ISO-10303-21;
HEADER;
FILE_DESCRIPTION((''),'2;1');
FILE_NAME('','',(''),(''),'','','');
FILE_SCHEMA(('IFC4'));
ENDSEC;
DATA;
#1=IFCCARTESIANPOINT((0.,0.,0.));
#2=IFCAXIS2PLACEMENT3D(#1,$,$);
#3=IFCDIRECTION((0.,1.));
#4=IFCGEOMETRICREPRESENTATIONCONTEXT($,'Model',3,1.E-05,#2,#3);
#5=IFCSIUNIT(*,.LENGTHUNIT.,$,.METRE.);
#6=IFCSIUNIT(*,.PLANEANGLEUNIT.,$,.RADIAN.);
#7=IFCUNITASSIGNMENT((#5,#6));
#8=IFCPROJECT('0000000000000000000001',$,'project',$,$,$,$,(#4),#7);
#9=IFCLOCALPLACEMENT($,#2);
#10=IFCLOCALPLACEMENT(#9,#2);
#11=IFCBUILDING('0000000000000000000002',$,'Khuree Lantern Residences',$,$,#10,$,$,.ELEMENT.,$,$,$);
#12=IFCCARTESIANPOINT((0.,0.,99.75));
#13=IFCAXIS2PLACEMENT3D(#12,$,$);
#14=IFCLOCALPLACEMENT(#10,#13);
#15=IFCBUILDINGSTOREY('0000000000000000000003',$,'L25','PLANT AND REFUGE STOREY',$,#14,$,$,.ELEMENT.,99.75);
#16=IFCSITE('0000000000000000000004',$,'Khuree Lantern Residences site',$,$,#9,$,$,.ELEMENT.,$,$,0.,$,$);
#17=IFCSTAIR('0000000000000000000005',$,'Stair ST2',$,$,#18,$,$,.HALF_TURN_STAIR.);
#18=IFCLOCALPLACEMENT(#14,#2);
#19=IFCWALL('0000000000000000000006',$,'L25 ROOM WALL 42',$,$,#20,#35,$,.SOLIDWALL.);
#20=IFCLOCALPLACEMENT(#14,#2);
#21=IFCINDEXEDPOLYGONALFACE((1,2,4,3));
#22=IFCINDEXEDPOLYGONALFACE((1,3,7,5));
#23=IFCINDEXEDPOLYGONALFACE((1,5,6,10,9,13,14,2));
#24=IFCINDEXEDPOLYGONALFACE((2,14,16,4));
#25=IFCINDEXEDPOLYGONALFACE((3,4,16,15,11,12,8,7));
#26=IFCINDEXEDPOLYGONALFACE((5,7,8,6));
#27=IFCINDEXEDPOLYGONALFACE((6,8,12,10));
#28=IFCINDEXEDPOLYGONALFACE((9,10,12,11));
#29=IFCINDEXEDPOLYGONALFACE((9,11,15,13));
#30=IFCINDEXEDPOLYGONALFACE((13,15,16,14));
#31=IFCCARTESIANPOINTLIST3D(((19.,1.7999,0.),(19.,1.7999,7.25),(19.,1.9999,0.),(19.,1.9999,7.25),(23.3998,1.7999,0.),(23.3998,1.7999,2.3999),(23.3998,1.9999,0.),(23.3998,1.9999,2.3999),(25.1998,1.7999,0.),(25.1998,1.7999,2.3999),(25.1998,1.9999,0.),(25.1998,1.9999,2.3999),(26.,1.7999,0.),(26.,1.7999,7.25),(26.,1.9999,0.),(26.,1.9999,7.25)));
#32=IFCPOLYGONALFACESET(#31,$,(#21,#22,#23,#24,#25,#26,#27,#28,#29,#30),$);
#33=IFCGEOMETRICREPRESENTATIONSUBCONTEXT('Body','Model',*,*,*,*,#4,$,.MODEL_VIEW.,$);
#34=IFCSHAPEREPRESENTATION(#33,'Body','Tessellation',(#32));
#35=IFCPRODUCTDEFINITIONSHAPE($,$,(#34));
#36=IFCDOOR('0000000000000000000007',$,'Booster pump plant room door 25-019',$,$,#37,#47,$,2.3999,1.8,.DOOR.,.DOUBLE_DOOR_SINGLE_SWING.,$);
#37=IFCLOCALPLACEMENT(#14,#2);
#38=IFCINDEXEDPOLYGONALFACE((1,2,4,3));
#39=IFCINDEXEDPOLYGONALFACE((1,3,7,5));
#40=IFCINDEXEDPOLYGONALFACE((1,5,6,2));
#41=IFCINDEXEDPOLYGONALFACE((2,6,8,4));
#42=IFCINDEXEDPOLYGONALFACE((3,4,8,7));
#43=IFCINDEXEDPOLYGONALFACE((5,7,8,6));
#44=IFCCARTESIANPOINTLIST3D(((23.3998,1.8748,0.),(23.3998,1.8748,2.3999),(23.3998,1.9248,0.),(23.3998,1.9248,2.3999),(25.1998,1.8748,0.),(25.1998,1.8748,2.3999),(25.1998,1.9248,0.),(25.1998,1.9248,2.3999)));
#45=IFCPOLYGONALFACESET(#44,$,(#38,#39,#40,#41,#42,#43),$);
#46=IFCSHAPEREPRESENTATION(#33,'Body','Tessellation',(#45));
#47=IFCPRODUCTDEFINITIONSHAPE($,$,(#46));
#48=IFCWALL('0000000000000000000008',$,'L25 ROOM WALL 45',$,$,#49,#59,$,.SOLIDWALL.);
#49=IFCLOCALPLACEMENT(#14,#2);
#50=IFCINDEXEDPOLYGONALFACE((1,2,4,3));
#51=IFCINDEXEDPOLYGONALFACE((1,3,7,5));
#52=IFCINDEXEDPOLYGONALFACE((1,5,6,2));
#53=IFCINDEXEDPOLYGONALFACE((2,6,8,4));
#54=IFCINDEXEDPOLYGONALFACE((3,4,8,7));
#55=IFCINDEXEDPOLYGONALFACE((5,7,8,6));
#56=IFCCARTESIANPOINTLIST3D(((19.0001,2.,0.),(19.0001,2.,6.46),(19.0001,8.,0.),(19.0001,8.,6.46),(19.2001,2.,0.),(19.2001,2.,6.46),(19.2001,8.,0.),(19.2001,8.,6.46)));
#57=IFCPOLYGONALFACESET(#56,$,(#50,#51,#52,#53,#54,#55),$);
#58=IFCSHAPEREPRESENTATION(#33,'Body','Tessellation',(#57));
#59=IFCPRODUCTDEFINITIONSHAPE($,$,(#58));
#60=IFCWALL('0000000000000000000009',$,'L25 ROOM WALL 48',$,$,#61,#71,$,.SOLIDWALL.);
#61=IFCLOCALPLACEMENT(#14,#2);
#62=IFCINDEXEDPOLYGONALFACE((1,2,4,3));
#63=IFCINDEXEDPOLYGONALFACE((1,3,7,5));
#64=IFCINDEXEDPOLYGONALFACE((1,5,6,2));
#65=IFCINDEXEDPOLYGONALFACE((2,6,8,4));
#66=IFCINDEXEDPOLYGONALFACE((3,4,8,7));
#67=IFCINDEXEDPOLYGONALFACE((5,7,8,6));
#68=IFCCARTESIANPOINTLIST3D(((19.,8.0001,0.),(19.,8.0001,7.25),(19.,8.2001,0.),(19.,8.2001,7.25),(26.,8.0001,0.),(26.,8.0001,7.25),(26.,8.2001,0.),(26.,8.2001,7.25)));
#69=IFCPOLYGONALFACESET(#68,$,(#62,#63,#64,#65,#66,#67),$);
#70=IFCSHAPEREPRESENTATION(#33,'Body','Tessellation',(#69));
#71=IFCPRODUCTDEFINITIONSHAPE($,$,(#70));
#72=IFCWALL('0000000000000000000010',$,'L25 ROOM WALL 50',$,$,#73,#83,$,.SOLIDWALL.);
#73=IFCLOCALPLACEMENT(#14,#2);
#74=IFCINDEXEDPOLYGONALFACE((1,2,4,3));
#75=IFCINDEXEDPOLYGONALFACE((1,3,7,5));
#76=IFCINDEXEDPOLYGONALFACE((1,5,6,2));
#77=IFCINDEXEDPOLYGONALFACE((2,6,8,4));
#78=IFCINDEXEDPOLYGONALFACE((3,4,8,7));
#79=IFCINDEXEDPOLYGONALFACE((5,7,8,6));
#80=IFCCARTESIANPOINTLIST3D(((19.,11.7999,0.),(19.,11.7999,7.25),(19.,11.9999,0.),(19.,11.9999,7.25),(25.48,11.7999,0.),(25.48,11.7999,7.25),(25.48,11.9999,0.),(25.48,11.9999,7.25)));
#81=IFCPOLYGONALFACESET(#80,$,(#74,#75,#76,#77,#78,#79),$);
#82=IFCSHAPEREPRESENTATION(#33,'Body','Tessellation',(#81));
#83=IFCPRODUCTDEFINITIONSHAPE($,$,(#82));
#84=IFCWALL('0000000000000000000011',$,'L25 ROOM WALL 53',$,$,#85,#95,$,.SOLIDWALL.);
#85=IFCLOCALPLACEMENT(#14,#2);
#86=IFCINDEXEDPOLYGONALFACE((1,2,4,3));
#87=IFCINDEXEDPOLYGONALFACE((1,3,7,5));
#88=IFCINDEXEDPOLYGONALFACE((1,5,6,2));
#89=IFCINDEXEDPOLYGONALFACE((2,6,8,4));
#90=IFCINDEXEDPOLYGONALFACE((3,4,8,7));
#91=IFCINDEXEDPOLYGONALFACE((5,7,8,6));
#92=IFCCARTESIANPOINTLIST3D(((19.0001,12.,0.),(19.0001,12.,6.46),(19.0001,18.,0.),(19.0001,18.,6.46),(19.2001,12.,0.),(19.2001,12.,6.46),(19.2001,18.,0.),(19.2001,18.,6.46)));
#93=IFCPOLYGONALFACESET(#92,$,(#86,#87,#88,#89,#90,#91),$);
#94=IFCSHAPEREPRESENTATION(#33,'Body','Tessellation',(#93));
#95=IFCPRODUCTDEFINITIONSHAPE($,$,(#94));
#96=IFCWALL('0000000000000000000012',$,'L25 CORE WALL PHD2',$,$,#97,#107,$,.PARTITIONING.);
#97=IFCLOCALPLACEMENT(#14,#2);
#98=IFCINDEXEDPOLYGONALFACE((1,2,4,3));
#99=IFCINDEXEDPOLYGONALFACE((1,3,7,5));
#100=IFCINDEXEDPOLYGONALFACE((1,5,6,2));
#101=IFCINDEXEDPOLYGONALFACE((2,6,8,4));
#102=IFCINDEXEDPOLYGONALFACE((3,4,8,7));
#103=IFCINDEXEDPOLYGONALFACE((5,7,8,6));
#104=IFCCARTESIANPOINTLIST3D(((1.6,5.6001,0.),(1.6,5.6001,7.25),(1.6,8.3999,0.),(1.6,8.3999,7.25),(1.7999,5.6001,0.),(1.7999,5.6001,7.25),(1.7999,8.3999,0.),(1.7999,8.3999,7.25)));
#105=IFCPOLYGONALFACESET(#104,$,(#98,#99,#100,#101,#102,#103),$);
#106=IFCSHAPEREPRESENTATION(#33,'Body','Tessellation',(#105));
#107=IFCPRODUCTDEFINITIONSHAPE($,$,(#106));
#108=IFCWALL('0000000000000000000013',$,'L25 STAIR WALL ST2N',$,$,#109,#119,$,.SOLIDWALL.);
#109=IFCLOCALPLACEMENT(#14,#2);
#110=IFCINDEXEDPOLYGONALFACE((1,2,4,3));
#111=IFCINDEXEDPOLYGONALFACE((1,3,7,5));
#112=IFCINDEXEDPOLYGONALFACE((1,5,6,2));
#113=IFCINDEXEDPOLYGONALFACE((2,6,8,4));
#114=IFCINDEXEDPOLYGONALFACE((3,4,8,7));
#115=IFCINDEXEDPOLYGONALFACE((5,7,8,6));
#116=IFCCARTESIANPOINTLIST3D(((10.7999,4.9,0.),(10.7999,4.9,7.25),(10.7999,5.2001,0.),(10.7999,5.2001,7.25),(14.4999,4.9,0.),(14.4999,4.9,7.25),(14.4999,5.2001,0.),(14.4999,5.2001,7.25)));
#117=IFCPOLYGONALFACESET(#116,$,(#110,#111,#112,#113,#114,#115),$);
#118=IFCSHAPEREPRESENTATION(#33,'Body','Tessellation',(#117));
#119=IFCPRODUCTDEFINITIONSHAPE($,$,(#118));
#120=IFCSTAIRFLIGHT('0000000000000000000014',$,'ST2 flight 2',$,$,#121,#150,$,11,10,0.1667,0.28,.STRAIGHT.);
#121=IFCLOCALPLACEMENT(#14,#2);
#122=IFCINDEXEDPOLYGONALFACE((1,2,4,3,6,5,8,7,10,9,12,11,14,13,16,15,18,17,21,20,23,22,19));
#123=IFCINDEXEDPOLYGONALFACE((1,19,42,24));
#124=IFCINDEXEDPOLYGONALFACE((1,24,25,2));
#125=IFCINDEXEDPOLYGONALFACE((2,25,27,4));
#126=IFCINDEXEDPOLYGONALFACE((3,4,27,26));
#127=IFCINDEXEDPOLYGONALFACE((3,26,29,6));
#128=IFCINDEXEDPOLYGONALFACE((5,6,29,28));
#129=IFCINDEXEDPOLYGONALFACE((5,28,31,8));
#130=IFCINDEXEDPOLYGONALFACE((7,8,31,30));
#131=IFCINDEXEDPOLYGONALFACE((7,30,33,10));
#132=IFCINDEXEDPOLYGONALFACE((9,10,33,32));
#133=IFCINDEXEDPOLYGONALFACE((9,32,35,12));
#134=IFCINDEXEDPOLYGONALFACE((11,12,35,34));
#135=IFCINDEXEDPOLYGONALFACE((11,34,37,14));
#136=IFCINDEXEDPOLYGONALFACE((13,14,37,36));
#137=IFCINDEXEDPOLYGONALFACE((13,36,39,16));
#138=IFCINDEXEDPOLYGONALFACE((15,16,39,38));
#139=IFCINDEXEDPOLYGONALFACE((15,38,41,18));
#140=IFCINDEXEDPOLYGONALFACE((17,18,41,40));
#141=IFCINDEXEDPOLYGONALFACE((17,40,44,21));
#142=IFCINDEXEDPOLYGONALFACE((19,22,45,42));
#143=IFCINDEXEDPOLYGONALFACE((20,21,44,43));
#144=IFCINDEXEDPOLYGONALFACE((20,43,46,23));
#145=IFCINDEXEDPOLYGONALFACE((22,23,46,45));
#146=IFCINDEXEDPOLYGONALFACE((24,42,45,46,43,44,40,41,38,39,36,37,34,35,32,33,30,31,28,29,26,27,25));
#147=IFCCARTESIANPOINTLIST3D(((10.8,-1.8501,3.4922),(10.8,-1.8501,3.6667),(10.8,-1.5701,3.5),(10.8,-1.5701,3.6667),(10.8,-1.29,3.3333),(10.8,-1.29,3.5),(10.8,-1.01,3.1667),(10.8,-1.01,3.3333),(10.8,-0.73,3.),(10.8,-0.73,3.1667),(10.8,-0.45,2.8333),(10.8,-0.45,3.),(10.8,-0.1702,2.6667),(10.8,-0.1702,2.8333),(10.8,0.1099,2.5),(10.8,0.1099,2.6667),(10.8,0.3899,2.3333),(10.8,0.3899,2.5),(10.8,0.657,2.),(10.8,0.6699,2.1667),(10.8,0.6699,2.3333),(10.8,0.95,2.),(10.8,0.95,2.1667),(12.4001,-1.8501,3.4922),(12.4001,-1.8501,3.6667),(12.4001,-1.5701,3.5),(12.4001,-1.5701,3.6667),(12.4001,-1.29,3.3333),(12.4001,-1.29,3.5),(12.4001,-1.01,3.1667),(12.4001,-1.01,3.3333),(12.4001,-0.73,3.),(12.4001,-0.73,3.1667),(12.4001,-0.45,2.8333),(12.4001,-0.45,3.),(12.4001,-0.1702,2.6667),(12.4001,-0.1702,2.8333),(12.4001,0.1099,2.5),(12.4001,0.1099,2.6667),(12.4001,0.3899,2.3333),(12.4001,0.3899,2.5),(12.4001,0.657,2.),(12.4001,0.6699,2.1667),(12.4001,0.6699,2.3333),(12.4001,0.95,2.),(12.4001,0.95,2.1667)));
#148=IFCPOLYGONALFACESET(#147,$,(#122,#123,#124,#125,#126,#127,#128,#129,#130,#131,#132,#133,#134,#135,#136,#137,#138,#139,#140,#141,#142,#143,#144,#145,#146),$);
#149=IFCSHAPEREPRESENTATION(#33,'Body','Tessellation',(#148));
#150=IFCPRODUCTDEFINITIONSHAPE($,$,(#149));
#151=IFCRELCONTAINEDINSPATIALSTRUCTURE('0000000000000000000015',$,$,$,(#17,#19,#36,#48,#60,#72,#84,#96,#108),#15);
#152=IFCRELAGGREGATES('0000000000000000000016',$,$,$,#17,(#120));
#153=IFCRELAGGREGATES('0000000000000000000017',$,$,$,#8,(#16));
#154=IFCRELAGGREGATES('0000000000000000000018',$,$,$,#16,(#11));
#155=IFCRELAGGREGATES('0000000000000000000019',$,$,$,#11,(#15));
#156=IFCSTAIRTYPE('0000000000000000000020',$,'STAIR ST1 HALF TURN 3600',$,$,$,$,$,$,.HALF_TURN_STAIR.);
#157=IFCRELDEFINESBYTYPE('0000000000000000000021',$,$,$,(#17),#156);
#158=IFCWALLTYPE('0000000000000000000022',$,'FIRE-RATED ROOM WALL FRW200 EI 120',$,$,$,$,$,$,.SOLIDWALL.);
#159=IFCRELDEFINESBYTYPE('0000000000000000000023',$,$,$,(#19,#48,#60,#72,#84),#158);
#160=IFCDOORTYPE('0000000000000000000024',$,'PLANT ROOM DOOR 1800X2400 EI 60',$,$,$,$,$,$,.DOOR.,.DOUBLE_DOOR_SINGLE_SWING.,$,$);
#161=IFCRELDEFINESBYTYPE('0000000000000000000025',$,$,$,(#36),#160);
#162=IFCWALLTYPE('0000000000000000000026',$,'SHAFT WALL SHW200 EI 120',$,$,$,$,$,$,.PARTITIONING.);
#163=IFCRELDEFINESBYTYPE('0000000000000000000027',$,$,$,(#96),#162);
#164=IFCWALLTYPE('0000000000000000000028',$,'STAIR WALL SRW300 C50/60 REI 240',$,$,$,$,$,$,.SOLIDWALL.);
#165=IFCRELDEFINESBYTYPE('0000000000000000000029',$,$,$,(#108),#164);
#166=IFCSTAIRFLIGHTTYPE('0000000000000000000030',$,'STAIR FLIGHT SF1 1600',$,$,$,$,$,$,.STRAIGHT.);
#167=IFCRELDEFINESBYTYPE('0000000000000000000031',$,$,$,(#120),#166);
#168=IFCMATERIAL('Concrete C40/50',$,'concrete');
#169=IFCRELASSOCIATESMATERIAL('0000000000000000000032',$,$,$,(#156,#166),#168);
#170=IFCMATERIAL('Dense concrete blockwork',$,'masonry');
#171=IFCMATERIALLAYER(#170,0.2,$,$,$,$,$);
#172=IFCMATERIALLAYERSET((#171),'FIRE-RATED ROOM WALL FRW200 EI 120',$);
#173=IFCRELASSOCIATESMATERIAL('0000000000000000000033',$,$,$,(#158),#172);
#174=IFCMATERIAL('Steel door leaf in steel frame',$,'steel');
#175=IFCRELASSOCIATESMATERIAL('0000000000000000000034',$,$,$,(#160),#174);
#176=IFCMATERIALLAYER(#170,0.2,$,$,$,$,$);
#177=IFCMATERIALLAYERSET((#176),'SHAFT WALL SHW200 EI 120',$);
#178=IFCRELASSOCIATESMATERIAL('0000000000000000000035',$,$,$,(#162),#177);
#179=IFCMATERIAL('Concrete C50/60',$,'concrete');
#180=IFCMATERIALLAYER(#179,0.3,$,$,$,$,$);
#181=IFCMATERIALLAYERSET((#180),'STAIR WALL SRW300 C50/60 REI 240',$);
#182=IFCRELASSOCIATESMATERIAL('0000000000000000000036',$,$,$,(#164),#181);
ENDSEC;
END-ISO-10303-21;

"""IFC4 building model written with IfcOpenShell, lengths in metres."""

from ifc_helpers import new_model, si_unit, direction, frame, frame_2d, origin, place, context, subcontext, project, spatial, polyline, rectangle, outline, extrude, material, layer, layer_set, type_object, element, fill, aggregate, save


model = new_model("IFC4")

# Units and contexts
model_context = context("Model", 3, precision=1e-05, world=origin(), true_north=direction((0.0, 1.0)))
body_context = subcontext(model_context, "Body", "Model", "MODEL_VIEW")
ifc_project = project(units=[si_unit("LENGTHUNIT", "METRE"), si_unit("PLANEANGLEUNIT", "RADIAN")], contexts=[model_context])

# Site, building, storey
site_placement = place(None, origin())
site = spatial("IfcSite", under=ifc_project, at=site_placement, Name="Khuree Lantern Residences site", CompositionType="ELEMENT", RefElevation=0.0)
building_placement = place(site_placement, origin())
building = spatial("IfcBuilding", under=site, at=building_placement, Name="Khuree Lantern Residences", CompositionType="ELEMENT")
storey_placement = place(building_placement, frame((0.0, 0.0, 99.75)))
storey = spatial("IfcBuildingStorey", under=building, at=storey_placement, Name="L25", Description="PLANT AND REFUGE STOREY", CompositionType="ELEMENT", Elevation=99.75)

# Shared definitions
ifc_material_1 = material(Name="Concrete C40/50", Category="concrete")
stair_type = type_object("IfcStairType", Name="STAIR ST1 HALF TURN 3600", PredefinedType="HALF_TURN_STAIR", material=ifc_material_1)

# Stair
stair_1_placement = place(storey_placement, origin())
stair_1 = element("IfcStair", 1, at=stair_1_placement, inside=storey, type_object=stair_type, Name="Stair ST2", PredefinedType="HALF_TURN_STAIR")

# Shared definitions
ifc_material_2 = material(Name="Dense concrete blockwork", Category="masonry")

# Wall, opening, door
ifc_layer_1 = layer(ifc_material_2, 0.2)
ifc_layer_set_1 = layer_set([ifc_layer_1], Name="FIRE-RATED ROOM WALL FRW200 EI 120")
wall_type_1 = type_object("IfcWallType", Name="FIRE-RATED ROOM WALL FRW200 EI 120", PredefinedType="SOLIDWALL", material=ifc_layer_set_1)
wall_1_placement = place(storey_placement, frame((19.0, 1.8999, 0.0), z_axis=(0.0, 0.0, 1.0), x_axis=(1.0, 0.0, 0.0)))
wall_1 = element("IfcWall", 2, at=wall_1_placement, inside=storey, type_object=wall_type_1, Name="L25 ROOM WALL 42", PredefinedType="SOLIDWALL", context=body_context, shape_type="SweptSolid", body=[
    extrude(rectangle(XDim=7.0, YDim=0.2, at=frame_2d((3.5, 0.0))), origin(), (0.0, 0.0, 1.0), 7.25),
])
opening_1_placement = place(wall_1_placement, frame((4.3999, 0.0, 0.0)))
opening_1 = element("IfcOpeningElement", 3, at=opening_1_placement, cuts=wall_1, PredefinedType="OPENING", context=body_context, shape_type="SweptSolid", body=[
    extrude(rectangle(XDim=1.8, YDim=2.3999, at=frame_2d((0.8999, 1.2))), frame((0.0, 0.1099, 0.0), z_axis=(0.0, -1.0, 0.0), x_axis=(1.0, 0.0, 0.0)), (0.0, 0.0, 1.0), 0.22),
])
ifc_material_3 = material(Name="Steel door leaf in steel frame", Category="steel")
door_type_1 = type_object("IfcDoorType", Name="PLANT ROOM DOOR 1800X2400 EI 60", OperationType="DOUBLE_DOOR_SINGLE_SWING", PredefinedType="DOOR", material=ifc_material_3)
door_1_placement = place(opening_1_placement, origin())
door_1 = element("IfcDoor", 4, at=door_1_placement, inside=storey, type_object=door_type_1, Name="Booster pump plant room door 25-019", OperationType="DOUBLE_DOOR_SINGLE_SWING", OverallHeight=2.3999, OverallWidth=1.8, PredefinedType="DOOR", context=body_context, shape_type="SweptSolid", body=[
    extrude(rectangle(XDim=1.8, YDim=2.3999, at=frame_2d((0.8999, 1.2))), frame((0.0, 0.0249, 0.0), z_axis=(0.0, -1.0, 0.0), x_axis=(1.0, 0.0, 0.0)), (0.0, 0.0, 1.0), 0.05),
])
fill(opening_1, door_1)

# Walls
wall_2_placement = place(storey_placement, frame((19.1001, 2.0, 0.0), z_axis=(0.0, 0.0, 1.0), x_axis=(0.0, 1.0, 0.0)))
element("IfcWall", 5, at=wall_2_placement, inside=storey, type_object=wall_type_1, Name="L25 ROOM WALL 45", PredefinedType="SOLIDWALL", context=body_context, shape_type="SweptSolid", body=[
    extrude(rectangle(XDim=6.0, YDim=0.2, at=frame_2d((3.0, 0.0))), origin(), (0.0, 0.0, 1.0), 6.46),
])
wall_3_placement = place(storey_placement, frame((19.0, 8.1001, 0.0), z_axis=(0.0, 0.0, 1.0), x_axis=(1.0, 0.0, 0.0)))
element("IfcWall", 6, at=wall_3_placement, inside=storey, type_object=wall_type_1, Name="L25 ROOM WALL 48", PredefinedType="SOLIDWALL", context=body_context, shape_type="SweptSolid", body=[
    extrude(rectangle(XDim=7.0, YDim=0.2, at=frame_2d((3.5, 0.0))), origin(), (0.0, 0.0, 1.0), 7.25),
])
wall_4_placement = place(storey_placement, frame((19.0, 11.8999, 0.0), z_axis=(0.0, 0.0, 1.0), x_axis=(1.0, 0.0, 0.0)))
element("IfcWall", 7, at=wall_4_placement, inside=storey, type_object=wall_type_1, Name="L25 ROOM WALL 50", PredefinedType="SOLIDWALL", context=body_context, shape_type="SweptSolid", body=[
    extrude(rectangle(XDim=6.48, YDim=0.2, at=frame_2d((3.24, 0.0))), origin(), (0.0, 0.0, 1.0), 7.25),
])
wall_5_placement = place(storey_placement, frame((19.1001, 12.0, 0.0), z_axis=(0.0, 0.0, 1.0), x_axis=(0.0, 1.0, 0.0)))
element("IfcWall", 8, at=wall_5_placement, inside=storey, type_object=wall_type_1, Name="L25 ROOM WALL 53", PredefinedType="SOLIDWALL", context=body_context, shape_type="SweptSolid", body=[
    extrude(rectangle(XDim=6.0, YDim=0.2, at=frame_2d((3.0, 0.0))), origin(), (0.0, 0.0, 1.0), 6.46),
])
ifc_layer_2 = layer(ifc_material_2, 0.2)
ifc_layer_set_2 = layer_set([ifc_layer_2], Name="SHAFT WALL SHW200 EI 120")
wall_type_2 = type_object("IfcWallType", Name="SHAFT WALL SHW200 EI 120", PredefinedType="PARTITIONING", material=ifc_layer_set_2)
wall_6_placement = place(storey_placement, frame((1.7, 5.6001, 0.0), z_axis=(0.0, 0.0, 1.0), x_axis=(0.0, 1.0, 0.0)))
element("IfcWall", 9, at=wall_6_placement, inside=storey, type_object=wall_type_2, Name="L25 CORE WALL PHD2", PredefinedType="PARTITIONING", context=body_context, shape_type="SweptSolid", body=[
    extrude(rectangle(XDim=2.7998, YDim=0.2, at=frame_2d((1.3999, 0.0))), origin(), (0.0, 0.0, 1.0), 7.25),
])
ifc_material_4 = material(Name="Concrete C50/60", Category="concrete")
ifc_layer_3 = layer(ifc_material_4, 0.3)
ifc_layer_set_3 = layer_set([ifc_layer_3], Name="STAIR WALL SRW300 C50/60 REI 240")
wall_type_3 = type_object("IfcWallType", Name="STAIR WALL SRW300 C50/60 REI 240", PredefinedType="SOLIDWALL", material=ifc_layer_set_3)
wall_7_placement = place(storey_placement, frame((14.5, 5.05, 0.0), z_axis=(0.0, 0.0, 1.0), x_axis=(-1.0, 0.0, 0.0)))
element("IfcWall", 10, at=wall_7_placement, inside=storey, type_object=wall_type_3, Name="L25 STAIR WALL ST2N", PredefinedType="SOLIDWALL", context=body_context, shape_type="SweptSolid", body=[
    extrude(rectangle(XDim=3.7, YDim=0.3, at=frame_2d((1.8501, 0.0))), origin(), (0.0, 0.0, 1.0), 7.25),
])

# Stair flight
stair_flight_type = type_object("IfcStairFlightType", Name="STAIR FLIGHT SF1 1600", PredefinedType="STRAIGHT", material=ifc_material_1)
stair_flight_placement = place(storey_placement, frame((11.6001, 0.95, 2.0), z_axis=(0.0, 0.0, 1.0), x_axis=(0.0, -1.0, 0.0)))
stair_flight = element("IfcStairFlight", 11, at=stair_flight_placement, type_object=stair_flight_type, Name="ST2 flight 2", NumberOfRisers=11, NumberOfTreads=10, PredefinedType="STRAIGHT", RiserHeight=0.1667, TreadLength=0.28, context=body_context, shape_type="SweptSolid", body=[
    extrude(outline(polyline([(0.0, 0.0), (0.0, 0.1667), (0.28, 0.1667), (0.28, 0.3333), (0.5601, 0.3333), (0.5601, 0.5), (0.8401, 0.5), (0.8401, 0.6667), (1.1201, 0.6667), (1.1201, 0.8333), (1.3999, 0.8333), (1.3999, 1.0), (1.6799, 1.0), (1.6799, 1.1667), (1.96, 1.1667), (1.96, 1.3333), (2.24, 1.3333), (2.24, 1.5), (2.52, 1.5), (2.52, 1.6667), (2.8, 1.6667), (2.8, 1.8333), (2.8, 1.4922), (0.293, 0.0), (0.0, 0.0)])), frame((0.0, 0.8, 0.0), z_axis=(0.0, -1.0, 0.0), x_axis=(1.0, 0.0, 0.0)), (0.0, 0.0, 1.0), 1.6001),
])
aggregate(stair_1, [stair_flight])

save(model, "model.ifc")
